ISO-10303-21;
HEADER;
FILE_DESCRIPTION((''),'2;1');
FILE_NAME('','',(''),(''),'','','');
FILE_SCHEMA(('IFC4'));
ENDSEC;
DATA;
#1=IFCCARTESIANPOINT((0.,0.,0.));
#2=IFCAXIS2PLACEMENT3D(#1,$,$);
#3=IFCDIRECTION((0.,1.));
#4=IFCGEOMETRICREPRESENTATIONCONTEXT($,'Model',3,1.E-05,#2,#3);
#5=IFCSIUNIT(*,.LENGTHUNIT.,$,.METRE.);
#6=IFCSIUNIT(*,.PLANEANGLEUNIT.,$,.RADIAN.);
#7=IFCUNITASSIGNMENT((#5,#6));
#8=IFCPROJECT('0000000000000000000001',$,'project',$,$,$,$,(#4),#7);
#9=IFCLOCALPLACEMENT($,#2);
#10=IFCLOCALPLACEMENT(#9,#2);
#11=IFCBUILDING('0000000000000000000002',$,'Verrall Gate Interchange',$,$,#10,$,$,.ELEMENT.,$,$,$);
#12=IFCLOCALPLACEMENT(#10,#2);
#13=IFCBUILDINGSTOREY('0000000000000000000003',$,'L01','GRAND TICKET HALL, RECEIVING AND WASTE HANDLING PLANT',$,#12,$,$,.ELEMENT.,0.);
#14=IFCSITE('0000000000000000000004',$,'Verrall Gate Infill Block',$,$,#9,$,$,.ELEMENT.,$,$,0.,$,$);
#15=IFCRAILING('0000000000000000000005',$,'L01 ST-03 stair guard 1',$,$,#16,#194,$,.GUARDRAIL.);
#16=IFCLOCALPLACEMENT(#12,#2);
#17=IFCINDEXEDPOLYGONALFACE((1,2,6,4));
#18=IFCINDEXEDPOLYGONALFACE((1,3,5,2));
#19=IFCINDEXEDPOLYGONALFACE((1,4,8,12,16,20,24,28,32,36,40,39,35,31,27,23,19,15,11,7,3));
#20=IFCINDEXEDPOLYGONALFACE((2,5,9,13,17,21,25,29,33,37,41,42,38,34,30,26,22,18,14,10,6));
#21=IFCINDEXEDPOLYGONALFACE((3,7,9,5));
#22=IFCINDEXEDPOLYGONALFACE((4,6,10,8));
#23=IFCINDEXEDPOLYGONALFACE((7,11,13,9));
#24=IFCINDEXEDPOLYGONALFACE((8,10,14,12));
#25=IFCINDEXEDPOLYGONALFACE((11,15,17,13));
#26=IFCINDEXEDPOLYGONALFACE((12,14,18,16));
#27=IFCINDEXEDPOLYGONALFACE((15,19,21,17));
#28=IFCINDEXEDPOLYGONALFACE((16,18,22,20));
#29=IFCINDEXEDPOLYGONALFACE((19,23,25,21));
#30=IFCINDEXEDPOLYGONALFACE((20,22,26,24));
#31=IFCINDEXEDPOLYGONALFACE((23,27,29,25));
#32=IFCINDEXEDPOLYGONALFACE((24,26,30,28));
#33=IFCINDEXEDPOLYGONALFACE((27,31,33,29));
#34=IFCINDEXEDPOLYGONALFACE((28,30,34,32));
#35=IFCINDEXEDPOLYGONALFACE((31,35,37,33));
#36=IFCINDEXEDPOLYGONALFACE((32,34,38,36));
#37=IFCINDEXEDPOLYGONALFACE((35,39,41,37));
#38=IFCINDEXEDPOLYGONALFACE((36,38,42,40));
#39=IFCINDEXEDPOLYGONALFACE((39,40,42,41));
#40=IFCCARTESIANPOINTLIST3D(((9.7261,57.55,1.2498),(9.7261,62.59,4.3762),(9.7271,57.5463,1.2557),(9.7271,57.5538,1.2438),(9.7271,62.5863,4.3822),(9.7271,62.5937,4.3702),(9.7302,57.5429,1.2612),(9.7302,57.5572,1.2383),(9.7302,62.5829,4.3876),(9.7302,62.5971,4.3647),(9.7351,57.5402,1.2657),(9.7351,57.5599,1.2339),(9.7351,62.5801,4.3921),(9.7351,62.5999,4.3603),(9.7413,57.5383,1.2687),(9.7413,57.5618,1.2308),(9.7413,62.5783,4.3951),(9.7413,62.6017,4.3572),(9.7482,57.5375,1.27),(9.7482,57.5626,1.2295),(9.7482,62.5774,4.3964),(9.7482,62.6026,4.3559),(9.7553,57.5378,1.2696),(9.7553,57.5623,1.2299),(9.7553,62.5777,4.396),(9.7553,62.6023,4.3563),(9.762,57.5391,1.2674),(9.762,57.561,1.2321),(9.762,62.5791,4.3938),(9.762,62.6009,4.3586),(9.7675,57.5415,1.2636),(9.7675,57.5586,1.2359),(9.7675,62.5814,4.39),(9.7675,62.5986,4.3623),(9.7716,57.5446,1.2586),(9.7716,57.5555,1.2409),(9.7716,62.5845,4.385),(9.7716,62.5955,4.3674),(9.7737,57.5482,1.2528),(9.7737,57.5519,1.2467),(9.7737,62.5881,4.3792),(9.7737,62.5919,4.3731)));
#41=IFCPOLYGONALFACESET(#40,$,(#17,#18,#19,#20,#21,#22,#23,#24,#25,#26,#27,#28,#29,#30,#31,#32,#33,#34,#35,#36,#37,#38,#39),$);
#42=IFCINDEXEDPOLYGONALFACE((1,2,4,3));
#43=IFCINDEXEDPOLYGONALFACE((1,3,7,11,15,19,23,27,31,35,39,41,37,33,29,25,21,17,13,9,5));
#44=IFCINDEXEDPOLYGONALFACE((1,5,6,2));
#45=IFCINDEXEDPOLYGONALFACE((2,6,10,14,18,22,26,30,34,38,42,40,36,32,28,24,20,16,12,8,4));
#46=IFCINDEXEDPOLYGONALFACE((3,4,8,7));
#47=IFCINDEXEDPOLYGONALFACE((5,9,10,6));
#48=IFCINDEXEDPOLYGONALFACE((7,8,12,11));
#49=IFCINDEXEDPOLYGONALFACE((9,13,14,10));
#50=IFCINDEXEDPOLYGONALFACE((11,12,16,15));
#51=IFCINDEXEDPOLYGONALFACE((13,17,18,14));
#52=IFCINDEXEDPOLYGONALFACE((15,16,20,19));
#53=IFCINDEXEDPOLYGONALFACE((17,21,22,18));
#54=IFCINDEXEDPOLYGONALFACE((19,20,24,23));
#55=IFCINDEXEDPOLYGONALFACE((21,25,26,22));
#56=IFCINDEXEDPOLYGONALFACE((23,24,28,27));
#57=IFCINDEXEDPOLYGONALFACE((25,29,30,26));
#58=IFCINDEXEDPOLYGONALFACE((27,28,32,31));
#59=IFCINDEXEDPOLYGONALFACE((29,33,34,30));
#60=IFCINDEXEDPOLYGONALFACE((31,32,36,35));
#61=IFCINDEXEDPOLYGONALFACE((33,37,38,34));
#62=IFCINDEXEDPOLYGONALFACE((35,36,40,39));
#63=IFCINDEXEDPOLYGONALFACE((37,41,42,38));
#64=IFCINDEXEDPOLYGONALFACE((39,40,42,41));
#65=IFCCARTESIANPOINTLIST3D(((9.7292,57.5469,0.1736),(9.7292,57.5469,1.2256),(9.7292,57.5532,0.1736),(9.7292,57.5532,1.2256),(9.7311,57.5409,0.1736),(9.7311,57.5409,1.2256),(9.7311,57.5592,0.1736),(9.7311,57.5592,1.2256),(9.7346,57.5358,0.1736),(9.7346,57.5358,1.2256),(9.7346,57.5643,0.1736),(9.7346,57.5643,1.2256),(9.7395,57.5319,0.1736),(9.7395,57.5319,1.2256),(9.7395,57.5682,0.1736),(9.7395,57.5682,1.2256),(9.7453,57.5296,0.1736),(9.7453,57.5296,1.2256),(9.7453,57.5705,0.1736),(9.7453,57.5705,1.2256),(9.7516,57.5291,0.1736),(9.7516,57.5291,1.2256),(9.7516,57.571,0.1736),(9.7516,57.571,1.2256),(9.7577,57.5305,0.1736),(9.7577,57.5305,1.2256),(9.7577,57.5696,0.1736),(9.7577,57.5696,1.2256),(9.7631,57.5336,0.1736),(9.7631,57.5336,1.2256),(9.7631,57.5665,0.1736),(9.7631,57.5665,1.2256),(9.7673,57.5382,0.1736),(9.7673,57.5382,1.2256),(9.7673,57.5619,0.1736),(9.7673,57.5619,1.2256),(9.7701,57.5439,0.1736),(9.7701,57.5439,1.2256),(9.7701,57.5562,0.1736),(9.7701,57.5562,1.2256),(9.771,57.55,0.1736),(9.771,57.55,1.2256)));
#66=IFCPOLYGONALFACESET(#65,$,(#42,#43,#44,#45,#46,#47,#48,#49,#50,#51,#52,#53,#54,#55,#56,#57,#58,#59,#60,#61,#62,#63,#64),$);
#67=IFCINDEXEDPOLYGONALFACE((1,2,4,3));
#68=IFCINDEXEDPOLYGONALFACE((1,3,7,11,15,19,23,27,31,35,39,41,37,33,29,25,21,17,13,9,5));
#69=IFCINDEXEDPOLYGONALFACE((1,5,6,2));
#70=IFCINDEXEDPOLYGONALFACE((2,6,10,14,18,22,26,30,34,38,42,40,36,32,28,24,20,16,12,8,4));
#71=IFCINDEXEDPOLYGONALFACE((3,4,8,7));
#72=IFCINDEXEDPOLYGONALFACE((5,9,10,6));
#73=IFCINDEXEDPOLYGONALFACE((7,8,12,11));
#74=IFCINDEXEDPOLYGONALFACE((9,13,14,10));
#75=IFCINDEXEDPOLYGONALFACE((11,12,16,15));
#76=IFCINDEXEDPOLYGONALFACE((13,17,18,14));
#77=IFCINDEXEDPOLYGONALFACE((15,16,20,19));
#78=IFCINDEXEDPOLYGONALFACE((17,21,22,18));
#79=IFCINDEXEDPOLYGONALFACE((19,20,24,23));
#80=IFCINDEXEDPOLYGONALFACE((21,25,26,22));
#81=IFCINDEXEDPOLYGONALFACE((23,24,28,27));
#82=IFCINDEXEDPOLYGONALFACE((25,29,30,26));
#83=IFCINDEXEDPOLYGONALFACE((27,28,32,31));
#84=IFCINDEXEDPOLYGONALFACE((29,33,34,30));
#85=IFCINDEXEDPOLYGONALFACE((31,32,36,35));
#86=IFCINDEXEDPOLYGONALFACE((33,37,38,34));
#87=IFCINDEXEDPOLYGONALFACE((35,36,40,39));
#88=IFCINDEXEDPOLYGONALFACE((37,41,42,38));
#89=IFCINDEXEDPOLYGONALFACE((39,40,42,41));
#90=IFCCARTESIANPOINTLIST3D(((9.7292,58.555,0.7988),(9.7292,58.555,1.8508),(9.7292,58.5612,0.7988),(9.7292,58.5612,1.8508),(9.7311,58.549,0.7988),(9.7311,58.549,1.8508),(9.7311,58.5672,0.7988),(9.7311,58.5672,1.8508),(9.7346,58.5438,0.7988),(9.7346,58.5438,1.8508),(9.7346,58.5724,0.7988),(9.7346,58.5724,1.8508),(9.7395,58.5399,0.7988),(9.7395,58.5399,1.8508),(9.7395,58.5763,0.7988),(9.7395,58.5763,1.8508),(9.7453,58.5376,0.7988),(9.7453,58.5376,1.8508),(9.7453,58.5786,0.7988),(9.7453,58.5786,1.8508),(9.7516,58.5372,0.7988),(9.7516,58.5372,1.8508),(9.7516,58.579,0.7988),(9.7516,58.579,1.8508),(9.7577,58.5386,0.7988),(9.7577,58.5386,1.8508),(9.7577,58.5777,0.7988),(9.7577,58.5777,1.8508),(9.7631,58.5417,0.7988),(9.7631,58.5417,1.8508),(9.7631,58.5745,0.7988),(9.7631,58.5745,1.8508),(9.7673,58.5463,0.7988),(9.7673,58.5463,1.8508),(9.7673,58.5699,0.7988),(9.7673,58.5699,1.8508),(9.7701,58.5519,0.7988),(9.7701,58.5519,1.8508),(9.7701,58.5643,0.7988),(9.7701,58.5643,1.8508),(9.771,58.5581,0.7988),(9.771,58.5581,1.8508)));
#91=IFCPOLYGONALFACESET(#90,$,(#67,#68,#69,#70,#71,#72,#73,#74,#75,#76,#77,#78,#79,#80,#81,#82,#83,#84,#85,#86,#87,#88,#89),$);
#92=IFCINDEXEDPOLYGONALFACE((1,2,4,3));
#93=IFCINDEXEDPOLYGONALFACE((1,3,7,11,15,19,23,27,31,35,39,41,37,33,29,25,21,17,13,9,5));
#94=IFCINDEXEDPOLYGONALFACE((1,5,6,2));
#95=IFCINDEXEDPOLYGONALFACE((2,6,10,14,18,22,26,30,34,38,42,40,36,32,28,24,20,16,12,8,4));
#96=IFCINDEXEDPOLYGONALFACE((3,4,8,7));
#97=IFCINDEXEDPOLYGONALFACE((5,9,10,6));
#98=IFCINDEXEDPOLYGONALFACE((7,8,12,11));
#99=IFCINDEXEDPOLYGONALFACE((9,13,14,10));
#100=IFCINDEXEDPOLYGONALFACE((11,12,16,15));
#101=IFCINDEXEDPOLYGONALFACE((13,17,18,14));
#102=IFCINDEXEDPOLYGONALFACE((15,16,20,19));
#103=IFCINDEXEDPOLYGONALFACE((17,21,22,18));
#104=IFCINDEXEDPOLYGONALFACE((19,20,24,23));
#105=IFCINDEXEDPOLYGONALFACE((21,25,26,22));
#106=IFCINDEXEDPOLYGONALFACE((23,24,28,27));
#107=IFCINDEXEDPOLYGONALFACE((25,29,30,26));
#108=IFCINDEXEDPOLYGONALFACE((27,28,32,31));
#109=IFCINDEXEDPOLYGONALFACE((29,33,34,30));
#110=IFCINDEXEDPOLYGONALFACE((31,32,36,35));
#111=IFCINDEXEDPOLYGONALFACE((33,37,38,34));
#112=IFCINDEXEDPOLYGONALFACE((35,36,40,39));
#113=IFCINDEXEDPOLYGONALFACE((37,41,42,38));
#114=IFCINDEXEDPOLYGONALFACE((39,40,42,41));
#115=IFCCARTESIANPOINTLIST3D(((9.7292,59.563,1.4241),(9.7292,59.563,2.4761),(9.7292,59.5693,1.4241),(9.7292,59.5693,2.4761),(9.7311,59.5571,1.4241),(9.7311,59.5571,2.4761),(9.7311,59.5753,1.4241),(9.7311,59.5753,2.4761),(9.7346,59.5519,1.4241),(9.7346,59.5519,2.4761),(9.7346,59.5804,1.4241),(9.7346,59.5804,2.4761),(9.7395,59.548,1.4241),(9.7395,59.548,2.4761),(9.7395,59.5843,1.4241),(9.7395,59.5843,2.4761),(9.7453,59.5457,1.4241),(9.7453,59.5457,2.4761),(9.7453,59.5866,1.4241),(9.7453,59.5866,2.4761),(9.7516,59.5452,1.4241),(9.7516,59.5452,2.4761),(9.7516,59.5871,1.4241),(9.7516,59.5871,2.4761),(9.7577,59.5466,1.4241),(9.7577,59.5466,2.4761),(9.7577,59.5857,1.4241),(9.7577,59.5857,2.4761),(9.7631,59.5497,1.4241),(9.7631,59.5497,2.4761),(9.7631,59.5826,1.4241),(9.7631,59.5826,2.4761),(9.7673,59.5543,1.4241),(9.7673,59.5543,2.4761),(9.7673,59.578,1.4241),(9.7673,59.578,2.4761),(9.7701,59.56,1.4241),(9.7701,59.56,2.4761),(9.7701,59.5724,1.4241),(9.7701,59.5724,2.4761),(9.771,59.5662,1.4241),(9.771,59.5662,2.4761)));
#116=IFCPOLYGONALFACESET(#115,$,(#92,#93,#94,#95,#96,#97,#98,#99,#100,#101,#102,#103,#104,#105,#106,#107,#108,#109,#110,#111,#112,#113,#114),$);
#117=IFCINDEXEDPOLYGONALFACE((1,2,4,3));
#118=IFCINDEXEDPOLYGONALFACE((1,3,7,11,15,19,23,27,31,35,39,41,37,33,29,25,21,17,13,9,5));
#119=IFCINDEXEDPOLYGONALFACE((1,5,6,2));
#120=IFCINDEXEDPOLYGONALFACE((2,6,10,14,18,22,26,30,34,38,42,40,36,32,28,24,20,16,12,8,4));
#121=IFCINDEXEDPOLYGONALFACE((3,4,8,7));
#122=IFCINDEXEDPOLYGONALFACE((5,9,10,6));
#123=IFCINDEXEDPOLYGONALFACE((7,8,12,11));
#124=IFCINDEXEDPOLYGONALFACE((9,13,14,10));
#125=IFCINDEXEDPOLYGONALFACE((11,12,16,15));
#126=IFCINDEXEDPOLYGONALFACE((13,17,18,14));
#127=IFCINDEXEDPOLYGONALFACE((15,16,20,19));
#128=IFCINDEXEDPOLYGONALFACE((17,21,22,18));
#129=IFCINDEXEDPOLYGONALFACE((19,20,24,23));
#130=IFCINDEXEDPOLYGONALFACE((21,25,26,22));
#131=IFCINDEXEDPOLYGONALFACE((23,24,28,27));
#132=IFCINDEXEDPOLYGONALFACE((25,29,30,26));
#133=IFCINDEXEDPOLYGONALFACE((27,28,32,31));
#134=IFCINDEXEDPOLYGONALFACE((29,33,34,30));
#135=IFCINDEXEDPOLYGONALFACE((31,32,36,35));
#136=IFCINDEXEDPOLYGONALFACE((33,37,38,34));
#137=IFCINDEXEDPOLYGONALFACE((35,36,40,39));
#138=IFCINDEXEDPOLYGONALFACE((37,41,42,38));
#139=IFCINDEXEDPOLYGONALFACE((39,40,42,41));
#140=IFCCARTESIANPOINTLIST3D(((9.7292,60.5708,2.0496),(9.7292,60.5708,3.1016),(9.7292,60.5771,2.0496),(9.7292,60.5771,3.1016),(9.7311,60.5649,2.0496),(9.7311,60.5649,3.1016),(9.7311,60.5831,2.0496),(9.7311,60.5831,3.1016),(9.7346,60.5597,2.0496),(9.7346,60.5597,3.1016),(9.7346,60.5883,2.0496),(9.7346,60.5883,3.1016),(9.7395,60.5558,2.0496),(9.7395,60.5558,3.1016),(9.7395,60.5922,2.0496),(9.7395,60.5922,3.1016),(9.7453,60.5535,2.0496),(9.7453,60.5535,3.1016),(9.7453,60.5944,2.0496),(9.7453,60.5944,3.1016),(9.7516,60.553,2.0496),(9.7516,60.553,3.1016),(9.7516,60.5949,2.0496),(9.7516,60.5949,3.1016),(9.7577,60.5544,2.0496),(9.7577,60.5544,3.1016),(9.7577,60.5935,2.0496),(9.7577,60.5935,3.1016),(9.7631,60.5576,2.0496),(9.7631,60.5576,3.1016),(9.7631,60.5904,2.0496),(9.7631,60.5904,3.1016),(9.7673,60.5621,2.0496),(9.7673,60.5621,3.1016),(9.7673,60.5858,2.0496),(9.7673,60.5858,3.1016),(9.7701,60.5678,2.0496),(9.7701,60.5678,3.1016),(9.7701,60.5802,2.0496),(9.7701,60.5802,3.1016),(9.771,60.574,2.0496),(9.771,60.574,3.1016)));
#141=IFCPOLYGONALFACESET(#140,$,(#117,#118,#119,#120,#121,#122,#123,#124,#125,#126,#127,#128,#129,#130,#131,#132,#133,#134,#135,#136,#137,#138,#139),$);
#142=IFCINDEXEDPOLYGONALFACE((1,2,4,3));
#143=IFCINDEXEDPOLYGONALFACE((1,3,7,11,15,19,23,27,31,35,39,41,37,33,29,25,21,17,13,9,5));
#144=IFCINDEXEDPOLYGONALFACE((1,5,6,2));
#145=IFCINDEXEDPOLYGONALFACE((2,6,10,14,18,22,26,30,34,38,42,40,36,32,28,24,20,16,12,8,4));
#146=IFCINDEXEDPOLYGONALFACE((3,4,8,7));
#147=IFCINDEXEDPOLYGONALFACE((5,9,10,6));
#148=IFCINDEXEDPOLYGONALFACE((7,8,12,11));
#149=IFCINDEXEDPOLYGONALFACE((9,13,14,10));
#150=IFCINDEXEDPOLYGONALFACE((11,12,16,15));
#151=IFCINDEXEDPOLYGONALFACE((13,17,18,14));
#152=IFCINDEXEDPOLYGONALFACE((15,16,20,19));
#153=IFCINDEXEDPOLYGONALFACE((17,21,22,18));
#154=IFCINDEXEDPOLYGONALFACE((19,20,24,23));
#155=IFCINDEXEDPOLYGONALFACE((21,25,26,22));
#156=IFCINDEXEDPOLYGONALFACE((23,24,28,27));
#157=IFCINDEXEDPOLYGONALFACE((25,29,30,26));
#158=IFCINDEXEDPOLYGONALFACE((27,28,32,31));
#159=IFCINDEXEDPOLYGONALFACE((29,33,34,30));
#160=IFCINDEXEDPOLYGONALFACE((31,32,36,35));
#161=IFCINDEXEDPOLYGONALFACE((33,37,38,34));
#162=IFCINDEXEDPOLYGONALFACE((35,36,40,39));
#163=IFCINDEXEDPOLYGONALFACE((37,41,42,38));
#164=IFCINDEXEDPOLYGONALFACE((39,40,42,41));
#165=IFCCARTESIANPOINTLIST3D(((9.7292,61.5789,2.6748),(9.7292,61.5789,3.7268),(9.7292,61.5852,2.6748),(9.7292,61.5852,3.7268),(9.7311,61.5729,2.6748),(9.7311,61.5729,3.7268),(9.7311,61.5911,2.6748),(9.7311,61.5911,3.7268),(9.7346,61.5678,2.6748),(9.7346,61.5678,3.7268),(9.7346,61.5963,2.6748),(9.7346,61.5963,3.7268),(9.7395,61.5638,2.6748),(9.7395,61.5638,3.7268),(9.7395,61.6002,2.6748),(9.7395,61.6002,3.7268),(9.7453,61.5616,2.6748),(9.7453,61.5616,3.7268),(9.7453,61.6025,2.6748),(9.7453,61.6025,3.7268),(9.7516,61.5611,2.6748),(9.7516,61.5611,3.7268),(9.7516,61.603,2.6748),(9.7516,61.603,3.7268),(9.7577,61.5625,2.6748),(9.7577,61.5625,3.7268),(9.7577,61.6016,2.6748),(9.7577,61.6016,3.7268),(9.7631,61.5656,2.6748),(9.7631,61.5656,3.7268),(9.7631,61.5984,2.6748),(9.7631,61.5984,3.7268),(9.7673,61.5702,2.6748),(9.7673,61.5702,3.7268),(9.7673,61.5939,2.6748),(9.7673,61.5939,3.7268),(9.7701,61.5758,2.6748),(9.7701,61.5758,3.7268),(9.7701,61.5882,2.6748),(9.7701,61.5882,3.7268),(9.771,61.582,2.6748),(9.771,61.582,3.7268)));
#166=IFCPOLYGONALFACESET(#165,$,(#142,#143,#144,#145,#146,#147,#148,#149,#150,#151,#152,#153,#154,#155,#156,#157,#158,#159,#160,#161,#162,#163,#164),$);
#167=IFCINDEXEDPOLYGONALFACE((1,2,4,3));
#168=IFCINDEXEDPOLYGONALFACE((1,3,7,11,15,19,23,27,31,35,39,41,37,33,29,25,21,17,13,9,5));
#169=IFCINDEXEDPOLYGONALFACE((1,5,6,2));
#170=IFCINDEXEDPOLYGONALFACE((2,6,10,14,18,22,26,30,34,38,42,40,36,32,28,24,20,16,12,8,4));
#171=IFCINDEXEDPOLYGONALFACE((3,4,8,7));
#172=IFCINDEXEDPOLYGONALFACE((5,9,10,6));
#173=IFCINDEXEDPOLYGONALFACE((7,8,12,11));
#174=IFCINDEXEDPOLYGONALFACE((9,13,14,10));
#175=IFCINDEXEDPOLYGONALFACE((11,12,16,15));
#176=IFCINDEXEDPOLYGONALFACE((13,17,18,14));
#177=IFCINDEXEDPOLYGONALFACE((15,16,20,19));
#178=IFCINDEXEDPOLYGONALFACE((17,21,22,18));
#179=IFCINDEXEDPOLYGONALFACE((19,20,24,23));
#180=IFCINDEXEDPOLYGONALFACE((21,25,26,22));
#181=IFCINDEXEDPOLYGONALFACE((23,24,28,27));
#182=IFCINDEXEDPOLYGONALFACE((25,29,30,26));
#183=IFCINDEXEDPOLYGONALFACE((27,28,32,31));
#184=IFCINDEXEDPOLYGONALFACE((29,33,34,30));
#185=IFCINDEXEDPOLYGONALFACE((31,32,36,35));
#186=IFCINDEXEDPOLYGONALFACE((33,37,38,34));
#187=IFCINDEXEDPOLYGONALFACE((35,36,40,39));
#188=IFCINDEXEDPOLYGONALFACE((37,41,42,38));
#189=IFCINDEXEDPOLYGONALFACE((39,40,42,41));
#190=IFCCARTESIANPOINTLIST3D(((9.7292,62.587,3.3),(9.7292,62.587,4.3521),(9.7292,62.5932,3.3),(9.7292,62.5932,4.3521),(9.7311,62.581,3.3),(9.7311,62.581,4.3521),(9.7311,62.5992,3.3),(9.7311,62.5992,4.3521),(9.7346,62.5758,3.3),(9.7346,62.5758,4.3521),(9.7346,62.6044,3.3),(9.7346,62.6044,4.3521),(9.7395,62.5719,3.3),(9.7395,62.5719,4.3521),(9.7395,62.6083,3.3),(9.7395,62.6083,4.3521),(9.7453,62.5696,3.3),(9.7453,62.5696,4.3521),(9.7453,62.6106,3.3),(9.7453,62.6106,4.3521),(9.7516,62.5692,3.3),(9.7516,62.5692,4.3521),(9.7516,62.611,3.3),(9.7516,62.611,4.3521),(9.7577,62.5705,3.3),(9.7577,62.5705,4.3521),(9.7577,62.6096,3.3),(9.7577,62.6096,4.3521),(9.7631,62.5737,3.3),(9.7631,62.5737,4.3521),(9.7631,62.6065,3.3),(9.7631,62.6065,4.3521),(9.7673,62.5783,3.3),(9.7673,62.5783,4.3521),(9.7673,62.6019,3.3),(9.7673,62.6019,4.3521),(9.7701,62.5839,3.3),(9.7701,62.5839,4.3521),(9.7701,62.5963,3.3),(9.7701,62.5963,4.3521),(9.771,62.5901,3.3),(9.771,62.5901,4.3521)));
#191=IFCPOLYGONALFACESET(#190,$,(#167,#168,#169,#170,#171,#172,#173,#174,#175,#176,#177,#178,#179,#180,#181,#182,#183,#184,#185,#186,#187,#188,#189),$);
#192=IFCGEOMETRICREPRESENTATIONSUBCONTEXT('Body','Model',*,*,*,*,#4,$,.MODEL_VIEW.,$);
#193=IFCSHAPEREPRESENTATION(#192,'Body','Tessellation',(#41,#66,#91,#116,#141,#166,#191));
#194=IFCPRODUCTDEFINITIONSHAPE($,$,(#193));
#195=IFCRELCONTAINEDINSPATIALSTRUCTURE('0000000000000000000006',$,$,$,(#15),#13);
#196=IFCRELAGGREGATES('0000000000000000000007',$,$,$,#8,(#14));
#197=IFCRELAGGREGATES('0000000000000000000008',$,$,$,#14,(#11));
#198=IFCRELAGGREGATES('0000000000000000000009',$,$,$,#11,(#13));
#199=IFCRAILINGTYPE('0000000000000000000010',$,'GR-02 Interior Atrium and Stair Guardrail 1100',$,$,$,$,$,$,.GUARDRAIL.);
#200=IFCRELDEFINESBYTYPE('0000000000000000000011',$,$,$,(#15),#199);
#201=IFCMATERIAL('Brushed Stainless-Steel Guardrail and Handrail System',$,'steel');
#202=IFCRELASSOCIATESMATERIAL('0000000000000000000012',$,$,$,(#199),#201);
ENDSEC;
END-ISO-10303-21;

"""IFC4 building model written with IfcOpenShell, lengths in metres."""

from ifc_helpers import new_model, si_unit, direction, frame, origin, origin_2d, place, context, subcontext, project, spatial, circle, extrude, material, type_object, element, save


model = new_model("IFC4")

# Units and contexts
model_context = context("Model", 3, precision=1e-05, world=origin(), true_north=direction((0.0, 1.0)))
body_context = subcontext(model_context, "Body", "Model", "MODEL_VIEW")
ifc_project = project(units=[si_unit("LENGTHUNIT", "METRE"), si_unit("PLANEANGLEUNIT", "RADIAN")], contexts=[model_context])

# Site, building, storey
site_placement = place(None, origin())
site = spatial("IfcSite", under=ifc_project, at=site_placement, Name="Verrall Gate Infill Block", CompositionType="ELEMENT", RefElevation=0.0)
building_placement = place(site_placement, origin())
building = spatial("IfcBuilding", under=site, at=building_placement, Name="Verrall Gate Interchange", CompositionType="ELEMENT")
storey_placement = place(building_placement, origin())
storey = spatial("IfcBuildingStorey", under=building, at=storey_placement, Name="L01", Description="GRAND TICKET HALL, RECEIVING AND WASTE HANDLING PLANT", CompositionType="ELEMENT", Elevation=0.0)

# Railing
ifc_material_1 = material(Name="Brushed Stainless-Steel Guardrail and Handrail System", Category="steel")
railing_type_1 = type_object("IfcRailingType", Name="GR-02 Interior Atrium and Stair Guardrail 1100", PredefinedType="GUARDRAIL", material=ifc_material_1)
railing_1_placement = place(storey_placement, frame((9.75, 57.55, 0.1736)))
element("IfcRailing", 1, at=railing_1_placement, inside=storey, type_object=railing_type_1, Name="L01 ST-03 stair guard 1", PredefinedType="GUARDRAIL", context=body_context, shape_type="SweptSolid", body=[
    extrude(circle(Radius=0.0239, at=origin_2d()), frame((0.0, 0.0, 1.0762), z_axis=(0.0, 0.849779, 0.527139), x_axis=(-1.0, 0.0, 0.0)), (0.0, 0.0, 1.0), 5.9309),
    extrude(circle(Radius=0.021, at=origin_2d()), origin(), (0.0, 0.0, 1.0), 1.052),
    extrude(circle(Radius=0.021, at=origin_2d()), frame((0.0, 1.0081, 0.6252)), (0.0, 0.0, 1.0), 1.052),
    extrude(circle(Radius=0.021, at=origin_2d()), frame((0.0, 2.0161, 1.2505)), (0.0, 0.0, 1.0), 1.052),
    extrude(circle(Radius=0.021, at=origin_2d()), frame((0.0, 3.0239, 1.876)), (0.0, 0.0, 1.0), 1.052),
    extrude(circle(Radius=0.021, at=origin_2d()), frame((0.0, 4.032, 2.5012)), (0.0, 0.0, 1.0), 1.052),
    extrude(circle(Radius=0.021, at=origin_2d()), frame((0.0, 5.04, 3.1265)), (0.0, 0.0, 1.0), 1.052),
])

save(model, "model.ifc")
